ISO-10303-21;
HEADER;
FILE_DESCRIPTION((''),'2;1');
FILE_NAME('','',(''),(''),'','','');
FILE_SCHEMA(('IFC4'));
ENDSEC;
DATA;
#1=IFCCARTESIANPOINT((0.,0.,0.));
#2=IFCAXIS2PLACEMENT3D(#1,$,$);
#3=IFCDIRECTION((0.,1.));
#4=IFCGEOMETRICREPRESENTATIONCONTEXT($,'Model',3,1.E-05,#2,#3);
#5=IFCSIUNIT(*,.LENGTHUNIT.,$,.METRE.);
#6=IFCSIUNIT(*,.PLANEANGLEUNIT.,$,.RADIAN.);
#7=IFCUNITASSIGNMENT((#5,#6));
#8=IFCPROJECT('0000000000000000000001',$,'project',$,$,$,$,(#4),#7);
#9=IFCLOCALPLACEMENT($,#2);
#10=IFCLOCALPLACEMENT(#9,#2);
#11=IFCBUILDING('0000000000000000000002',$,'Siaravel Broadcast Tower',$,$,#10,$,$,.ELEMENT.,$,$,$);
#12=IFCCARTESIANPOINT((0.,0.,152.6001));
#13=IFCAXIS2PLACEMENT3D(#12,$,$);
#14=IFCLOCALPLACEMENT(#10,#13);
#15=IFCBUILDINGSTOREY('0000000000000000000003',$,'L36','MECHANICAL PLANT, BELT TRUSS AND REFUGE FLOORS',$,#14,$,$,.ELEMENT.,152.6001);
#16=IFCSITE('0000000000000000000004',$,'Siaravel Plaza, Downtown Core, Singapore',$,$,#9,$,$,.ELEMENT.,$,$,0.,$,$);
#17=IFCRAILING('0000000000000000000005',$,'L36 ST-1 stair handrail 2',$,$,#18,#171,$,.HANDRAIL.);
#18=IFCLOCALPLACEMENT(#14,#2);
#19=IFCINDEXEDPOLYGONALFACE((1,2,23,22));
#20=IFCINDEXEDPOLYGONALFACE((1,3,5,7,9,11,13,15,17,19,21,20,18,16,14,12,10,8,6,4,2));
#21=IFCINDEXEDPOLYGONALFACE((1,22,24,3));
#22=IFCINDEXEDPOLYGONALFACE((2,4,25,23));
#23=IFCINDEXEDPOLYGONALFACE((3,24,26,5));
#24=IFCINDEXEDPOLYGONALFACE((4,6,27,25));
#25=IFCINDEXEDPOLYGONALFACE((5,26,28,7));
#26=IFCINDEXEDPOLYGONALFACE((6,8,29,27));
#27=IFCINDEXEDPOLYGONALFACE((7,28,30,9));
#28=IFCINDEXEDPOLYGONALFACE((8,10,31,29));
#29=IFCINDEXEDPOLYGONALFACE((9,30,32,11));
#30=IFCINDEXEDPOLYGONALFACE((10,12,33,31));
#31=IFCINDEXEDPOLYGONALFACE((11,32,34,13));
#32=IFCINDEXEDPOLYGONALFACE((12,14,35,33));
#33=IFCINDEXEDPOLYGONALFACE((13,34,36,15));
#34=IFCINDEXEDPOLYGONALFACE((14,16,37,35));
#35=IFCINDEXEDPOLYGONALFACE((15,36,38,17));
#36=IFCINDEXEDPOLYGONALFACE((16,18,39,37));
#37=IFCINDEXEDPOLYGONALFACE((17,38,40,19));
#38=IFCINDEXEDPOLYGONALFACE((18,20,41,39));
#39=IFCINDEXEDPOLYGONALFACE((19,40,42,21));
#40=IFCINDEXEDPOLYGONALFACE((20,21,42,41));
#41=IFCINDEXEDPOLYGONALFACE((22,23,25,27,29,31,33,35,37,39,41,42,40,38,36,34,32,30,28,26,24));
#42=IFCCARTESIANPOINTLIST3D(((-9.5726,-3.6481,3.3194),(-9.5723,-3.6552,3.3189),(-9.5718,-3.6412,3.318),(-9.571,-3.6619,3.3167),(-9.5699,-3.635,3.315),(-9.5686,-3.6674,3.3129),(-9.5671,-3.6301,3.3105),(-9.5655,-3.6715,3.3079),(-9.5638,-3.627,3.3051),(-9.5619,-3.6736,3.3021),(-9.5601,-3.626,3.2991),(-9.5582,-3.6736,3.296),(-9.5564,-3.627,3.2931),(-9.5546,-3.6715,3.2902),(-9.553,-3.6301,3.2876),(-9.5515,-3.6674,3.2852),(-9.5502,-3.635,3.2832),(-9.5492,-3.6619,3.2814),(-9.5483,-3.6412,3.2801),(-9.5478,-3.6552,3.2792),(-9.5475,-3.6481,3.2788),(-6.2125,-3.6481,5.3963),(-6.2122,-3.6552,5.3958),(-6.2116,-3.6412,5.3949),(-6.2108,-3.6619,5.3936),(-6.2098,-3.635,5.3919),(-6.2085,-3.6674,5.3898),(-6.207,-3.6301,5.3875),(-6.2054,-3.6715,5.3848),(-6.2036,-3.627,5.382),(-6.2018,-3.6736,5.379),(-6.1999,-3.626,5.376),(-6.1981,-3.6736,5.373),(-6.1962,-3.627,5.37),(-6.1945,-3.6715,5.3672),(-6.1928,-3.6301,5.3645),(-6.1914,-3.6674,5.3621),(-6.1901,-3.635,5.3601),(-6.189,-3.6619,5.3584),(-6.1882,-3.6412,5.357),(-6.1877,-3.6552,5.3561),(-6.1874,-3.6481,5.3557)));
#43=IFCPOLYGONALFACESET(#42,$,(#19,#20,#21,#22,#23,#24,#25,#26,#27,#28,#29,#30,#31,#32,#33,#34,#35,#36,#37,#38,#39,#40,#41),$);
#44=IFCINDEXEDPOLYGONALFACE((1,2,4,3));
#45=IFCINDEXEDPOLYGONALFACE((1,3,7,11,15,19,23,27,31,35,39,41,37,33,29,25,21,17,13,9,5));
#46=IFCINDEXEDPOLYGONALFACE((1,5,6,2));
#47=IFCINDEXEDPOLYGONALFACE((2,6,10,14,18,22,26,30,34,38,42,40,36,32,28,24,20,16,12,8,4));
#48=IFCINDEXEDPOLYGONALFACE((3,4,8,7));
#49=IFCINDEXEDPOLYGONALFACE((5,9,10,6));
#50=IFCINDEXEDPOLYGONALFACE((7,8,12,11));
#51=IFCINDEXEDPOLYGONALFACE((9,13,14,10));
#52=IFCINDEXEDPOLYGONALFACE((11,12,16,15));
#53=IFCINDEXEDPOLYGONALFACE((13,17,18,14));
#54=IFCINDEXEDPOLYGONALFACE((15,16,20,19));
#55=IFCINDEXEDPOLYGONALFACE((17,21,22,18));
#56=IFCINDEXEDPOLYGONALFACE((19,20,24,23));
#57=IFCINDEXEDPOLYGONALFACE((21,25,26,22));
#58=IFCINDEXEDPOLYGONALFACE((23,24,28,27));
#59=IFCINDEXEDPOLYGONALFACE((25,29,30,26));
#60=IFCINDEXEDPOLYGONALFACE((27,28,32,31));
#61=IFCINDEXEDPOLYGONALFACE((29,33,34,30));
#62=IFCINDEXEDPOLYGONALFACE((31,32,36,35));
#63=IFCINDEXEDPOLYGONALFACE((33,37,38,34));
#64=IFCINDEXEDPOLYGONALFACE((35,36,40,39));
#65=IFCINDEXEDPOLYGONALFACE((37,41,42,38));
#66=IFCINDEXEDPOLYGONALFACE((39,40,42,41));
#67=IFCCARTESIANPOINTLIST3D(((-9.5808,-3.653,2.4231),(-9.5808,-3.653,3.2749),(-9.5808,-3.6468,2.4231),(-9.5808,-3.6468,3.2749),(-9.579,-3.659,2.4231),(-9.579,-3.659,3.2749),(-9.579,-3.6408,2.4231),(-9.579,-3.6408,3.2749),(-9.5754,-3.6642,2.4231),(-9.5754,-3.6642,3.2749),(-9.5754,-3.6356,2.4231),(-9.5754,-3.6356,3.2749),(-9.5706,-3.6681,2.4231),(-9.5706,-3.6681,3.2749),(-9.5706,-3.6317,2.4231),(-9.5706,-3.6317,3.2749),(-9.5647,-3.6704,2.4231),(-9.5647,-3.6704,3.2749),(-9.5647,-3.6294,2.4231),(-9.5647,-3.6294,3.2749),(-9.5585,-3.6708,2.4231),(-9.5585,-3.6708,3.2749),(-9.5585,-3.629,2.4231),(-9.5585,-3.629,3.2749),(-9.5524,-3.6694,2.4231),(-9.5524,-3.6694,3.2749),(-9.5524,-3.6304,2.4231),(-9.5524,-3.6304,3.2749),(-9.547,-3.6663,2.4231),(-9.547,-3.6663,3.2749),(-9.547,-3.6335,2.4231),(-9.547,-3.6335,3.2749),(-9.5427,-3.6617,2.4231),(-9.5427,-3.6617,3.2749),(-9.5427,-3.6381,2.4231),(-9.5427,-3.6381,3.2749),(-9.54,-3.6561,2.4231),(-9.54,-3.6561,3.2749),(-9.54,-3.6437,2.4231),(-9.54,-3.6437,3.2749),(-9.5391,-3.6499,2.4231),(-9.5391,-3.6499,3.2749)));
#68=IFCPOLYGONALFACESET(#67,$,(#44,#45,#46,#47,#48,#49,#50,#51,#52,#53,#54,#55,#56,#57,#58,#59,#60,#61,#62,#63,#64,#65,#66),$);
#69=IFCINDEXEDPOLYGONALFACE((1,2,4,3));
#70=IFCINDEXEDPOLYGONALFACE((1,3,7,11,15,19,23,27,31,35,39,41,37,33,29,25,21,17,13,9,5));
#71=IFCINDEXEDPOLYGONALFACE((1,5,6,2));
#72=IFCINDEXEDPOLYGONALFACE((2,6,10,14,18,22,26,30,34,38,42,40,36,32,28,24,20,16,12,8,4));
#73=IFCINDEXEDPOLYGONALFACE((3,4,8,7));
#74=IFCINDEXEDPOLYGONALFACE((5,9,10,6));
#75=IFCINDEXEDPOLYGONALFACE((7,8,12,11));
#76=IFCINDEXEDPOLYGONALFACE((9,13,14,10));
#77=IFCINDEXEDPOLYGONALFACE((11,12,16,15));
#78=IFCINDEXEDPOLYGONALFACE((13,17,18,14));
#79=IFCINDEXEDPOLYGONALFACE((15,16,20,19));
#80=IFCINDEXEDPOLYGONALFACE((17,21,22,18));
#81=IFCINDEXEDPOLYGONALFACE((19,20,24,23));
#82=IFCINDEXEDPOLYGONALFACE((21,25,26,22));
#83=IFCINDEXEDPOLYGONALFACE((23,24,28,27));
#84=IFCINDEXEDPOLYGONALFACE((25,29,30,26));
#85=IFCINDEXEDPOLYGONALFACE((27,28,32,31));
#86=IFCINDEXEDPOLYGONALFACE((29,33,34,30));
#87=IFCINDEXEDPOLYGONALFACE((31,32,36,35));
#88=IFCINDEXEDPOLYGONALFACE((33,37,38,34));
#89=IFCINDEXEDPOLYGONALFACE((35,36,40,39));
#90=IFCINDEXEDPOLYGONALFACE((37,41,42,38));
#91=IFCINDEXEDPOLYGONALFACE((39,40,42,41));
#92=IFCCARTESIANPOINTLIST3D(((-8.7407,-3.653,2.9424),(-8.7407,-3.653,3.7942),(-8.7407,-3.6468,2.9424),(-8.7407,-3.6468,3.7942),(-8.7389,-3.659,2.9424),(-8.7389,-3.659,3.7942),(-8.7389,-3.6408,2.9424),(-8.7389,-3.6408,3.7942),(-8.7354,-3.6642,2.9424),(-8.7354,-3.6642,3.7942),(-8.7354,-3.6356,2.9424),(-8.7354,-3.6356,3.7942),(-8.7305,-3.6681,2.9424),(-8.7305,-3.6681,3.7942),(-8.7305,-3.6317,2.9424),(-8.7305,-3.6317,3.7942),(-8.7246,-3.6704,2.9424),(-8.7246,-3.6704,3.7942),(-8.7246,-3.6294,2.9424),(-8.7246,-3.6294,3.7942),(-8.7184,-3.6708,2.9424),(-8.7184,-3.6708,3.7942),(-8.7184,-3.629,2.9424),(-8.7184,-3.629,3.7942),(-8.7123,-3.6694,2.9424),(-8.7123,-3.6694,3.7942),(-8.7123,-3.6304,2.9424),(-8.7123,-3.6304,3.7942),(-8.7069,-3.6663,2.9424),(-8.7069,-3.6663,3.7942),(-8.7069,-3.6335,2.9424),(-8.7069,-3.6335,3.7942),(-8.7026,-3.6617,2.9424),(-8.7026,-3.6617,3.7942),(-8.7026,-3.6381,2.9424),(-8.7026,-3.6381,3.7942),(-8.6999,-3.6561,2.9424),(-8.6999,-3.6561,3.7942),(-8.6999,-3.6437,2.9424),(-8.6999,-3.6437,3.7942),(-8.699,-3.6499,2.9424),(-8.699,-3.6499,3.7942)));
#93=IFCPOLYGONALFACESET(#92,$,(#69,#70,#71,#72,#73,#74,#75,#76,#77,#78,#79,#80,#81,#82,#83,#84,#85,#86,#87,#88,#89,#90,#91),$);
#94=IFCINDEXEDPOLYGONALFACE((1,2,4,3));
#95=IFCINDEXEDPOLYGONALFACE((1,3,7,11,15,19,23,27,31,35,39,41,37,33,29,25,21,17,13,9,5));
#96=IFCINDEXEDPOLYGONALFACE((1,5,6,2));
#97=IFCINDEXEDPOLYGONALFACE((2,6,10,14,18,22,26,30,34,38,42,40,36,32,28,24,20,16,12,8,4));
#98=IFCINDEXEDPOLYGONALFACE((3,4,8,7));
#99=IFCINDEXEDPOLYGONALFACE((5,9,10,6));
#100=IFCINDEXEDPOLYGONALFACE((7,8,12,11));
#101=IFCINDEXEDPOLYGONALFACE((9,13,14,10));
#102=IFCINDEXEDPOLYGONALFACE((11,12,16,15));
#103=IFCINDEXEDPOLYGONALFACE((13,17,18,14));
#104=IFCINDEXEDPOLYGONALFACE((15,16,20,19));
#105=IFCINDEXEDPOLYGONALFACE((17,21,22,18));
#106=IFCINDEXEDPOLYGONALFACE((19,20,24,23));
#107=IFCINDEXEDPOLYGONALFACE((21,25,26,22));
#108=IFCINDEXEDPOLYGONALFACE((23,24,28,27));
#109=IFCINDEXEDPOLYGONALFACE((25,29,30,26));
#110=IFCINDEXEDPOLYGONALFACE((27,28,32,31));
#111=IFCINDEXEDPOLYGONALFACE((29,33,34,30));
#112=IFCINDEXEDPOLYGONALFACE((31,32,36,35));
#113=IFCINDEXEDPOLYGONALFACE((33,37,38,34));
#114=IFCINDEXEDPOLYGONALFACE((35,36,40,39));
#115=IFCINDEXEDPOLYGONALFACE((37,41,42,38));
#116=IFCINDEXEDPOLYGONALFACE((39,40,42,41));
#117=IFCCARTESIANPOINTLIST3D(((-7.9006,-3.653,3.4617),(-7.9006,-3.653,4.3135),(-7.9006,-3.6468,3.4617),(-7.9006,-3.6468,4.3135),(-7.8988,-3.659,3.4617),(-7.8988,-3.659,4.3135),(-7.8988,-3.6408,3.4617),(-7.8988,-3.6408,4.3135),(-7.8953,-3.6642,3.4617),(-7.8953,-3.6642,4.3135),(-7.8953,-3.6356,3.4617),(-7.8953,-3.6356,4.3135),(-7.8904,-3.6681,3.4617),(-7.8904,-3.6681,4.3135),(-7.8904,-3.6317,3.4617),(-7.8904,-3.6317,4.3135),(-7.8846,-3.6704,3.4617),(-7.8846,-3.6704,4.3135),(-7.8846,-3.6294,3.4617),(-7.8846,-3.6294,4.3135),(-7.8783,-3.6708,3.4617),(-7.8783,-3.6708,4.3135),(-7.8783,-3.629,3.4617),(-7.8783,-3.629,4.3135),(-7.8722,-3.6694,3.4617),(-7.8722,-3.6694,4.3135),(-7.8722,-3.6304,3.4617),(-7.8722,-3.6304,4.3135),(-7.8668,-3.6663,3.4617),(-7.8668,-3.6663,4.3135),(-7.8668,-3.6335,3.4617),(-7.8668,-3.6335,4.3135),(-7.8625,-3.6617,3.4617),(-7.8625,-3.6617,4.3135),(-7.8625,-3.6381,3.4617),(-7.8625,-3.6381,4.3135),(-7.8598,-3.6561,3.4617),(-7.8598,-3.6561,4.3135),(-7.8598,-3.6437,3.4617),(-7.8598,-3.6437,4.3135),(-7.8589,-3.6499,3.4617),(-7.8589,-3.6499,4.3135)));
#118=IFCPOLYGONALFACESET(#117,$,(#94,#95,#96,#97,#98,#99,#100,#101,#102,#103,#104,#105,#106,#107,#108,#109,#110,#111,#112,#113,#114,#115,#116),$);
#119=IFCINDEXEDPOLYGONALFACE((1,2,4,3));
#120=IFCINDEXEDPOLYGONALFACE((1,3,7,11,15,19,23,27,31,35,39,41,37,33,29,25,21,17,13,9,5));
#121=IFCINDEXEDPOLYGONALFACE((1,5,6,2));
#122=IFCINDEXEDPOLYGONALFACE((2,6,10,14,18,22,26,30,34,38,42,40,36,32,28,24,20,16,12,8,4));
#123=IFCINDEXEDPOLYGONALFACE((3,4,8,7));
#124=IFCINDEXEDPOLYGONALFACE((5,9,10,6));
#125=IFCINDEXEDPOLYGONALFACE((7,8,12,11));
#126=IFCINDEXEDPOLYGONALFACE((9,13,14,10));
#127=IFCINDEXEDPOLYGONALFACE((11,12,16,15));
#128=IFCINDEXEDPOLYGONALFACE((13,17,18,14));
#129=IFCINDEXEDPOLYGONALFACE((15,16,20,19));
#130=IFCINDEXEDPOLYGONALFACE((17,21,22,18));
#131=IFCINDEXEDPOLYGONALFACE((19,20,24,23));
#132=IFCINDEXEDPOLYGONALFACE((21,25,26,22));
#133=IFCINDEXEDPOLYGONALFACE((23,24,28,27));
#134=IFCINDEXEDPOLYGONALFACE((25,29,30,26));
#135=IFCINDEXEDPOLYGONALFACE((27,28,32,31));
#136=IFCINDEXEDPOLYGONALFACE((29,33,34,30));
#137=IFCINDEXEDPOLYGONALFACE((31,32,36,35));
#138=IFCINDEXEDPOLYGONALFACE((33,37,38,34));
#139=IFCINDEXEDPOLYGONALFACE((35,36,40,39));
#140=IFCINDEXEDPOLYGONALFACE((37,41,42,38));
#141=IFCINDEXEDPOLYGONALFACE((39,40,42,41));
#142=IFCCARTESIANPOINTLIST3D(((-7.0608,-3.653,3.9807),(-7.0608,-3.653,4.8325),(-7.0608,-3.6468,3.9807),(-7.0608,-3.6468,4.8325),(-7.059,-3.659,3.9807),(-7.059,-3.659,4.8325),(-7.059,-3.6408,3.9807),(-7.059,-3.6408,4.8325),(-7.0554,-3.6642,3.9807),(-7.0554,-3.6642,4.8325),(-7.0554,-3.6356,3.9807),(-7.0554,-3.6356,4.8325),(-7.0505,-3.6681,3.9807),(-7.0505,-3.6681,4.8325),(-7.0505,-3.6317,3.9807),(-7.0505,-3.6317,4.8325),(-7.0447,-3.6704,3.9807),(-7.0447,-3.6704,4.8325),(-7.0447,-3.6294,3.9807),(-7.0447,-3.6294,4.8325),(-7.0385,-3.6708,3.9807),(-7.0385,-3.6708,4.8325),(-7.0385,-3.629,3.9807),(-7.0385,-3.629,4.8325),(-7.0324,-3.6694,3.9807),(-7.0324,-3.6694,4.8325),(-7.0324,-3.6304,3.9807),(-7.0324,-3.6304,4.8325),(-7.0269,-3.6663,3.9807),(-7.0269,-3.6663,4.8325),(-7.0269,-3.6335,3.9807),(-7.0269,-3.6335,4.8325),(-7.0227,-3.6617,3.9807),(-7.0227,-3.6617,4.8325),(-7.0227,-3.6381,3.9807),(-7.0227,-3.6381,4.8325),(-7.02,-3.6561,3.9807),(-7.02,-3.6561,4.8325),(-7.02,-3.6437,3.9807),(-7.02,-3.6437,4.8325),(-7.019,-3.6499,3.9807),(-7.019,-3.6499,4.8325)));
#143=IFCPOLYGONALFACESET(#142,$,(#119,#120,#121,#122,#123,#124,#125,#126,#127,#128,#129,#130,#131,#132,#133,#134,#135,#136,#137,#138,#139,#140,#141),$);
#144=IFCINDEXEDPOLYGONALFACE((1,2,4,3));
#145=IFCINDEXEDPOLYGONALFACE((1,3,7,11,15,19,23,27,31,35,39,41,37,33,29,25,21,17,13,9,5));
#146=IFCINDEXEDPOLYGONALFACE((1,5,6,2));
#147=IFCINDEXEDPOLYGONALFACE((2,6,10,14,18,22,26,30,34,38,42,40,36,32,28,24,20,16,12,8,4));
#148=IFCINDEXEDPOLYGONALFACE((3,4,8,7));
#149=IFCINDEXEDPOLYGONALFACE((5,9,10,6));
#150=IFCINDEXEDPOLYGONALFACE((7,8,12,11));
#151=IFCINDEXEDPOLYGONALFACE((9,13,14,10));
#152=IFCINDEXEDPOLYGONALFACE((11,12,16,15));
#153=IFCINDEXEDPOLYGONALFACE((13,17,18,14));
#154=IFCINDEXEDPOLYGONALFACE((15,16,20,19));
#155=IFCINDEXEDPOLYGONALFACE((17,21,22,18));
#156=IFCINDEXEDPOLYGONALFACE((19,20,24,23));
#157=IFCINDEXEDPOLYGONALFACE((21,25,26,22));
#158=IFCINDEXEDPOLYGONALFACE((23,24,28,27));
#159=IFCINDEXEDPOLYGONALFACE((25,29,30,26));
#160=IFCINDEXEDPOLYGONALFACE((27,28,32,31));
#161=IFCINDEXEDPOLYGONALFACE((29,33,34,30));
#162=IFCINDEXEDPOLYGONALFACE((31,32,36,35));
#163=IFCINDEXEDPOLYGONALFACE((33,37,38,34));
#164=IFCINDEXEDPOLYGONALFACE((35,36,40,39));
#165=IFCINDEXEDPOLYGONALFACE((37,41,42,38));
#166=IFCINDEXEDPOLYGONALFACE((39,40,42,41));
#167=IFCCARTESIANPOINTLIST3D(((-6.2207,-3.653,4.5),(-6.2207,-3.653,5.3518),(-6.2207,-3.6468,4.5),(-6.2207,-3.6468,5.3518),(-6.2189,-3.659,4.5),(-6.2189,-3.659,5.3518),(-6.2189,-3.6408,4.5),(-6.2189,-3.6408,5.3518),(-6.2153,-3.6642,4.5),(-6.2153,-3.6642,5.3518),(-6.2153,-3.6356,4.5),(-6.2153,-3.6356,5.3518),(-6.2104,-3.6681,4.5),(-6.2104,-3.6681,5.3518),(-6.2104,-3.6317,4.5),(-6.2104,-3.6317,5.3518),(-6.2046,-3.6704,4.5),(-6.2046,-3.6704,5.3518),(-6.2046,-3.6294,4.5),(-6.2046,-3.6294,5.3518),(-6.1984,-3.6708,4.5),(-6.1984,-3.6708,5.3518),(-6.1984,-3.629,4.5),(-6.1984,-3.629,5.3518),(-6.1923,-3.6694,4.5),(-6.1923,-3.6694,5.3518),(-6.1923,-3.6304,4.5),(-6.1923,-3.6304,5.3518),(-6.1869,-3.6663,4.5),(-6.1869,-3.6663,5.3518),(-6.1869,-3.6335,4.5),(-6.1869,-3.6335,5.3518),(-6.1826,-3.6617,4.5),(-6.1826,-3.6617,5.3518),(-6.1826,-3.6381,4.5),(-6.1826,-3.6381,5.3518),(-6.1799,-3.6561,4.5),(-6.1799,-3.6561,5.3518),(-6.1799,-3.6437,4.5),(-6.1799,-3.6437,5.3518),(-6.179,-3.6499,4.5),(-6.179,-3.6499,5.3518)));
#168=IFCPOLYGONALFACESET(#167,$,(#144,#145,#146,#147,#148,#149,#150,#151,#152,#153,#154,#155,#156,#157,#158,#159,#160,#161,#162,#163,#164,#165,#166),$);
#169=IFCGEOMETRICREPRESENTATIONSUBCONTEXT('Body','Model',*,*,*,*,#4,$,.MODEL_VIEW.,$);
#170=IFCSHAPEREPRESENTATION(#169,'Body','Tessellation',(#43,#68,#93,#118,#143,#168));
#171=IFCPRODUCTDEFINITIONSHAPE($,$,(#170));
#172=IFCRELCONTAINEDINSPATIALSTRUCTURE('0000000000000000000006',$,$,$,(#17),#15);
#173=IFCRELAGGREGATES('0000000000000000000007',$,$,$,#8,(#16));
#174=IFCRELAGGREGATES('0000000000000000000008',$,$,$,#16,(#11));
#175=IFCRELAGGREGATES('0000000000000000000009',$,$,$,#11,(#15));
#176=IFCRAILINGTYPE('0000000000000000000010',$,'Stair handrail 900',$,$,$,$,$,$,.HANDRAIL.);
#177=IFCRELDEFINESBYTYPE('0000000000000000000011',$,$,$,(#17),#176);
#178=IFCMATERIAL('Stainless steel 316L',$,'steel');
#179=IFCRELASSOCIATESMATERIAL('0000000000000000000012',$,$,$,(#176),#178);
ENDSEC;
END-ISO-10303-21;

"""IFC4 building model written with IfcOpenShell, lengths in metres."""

from ifc_helpers import new_model, si_unit, direction, frame, origin, origin_2d, place, context, subcontext, project, spatial, circle, extrude, material, type_object, element, save


model = new_model("IFC4")

# Units and contexts
model_context = context("Model", 3, precision=1e-05, world=origin(), true_north=direction((0.0, 1.0)))
body_context = subcontext(model_context, "Body", "Model", "MODEL_VIEW")
ifc_project = project(units=[si_unit("LENGTHUNIT", "METRE"), si_unit("PLANEANGLEUNIT", "RADIAN")], contexts=[model_context])

# Site, building, storey
site_placement = place(None, origin())
site = spatial("IfcSite", under=ifc_project, at=site_placement, Name="Siaravel Plaza, Downtown Core, Singapore", CompositionType="ELEMENT", RefElevation=0.0)
building_placement = place(site_placement, origin())
building = spatial("IfcBuilding", under=site, at=building_placement, Name="Siaravel Broadcast Tower", CompositionType="ELEMENT")
storey_placement = place(building_placement, frame((0.0, 0.0, 152.6001)))
storey = spatial("IfcBuildingStorey", under=building, at=storey_placement, Name="L36", Description="MECHANICAL PLANT, BELT TRUSS AND REFUGE FLOORS", CompositionType="ELEMENT", Elevation=152.6001)

# Shared definitions
ifc_material_1 = material(Name="Stainless steel 316L", Category="steel")

# Railing
railing_type_1 = type_object("IfcRailingType", Name="Stair handrail 900", PredefinedType="HANDRAIL", material=ifc_material_1)
railing_1_placement = place(storey_placement, frame((-9.5601, -3.6499, 2.4231)))
element("IfcRailing", 1, at=railing_1_placement, inside=storey, type_object=railing_type_1, Name="L36 ST-1 stair handrail 2", PredefinedType="HANDRAIL", context=body_context, shape_type="SweptSolid", body=[
    extrude(circle(Radius=0.0239, at=origin_2d()), frame((0.0, 0.0, 0.876), z_axis=(0.850623, 0.0, 0.525776), x_axis=(0.0, 1.0, 0.0)), (0.0, 0.0, 1.0), 3.9502),
    extrude(circle(Radius=0.021, at=origin_2d()), origin(), (0.0, 0.0, 1.0), 0.8518),
    extrude(circle(Radius=0.021, at=origin_2d()), frame((0.8401, 0.0, 0.5193)), (0.0, 0.0, 1.0), 0.8518),
    extrude(circle(Radius=0.021, at=origin_2d()), frame((1.6802, 0.0, 1.0386)), (0.0, 0.0, 1.0), 0.8518),
    extrude(circle(Radius=0.021, at=origin_2d()), frame((2.52, 0.0, 1.5576)), (0.0, 0.0, 1.0), 0.8518),
    extrude(circle(Radius=0.021, at=origin_2d()), frame((3.3601, 0.0, 2.0769)), (0.0, 0.0, 1.0), 0.8518),
])

save(model, "model.ifc")
